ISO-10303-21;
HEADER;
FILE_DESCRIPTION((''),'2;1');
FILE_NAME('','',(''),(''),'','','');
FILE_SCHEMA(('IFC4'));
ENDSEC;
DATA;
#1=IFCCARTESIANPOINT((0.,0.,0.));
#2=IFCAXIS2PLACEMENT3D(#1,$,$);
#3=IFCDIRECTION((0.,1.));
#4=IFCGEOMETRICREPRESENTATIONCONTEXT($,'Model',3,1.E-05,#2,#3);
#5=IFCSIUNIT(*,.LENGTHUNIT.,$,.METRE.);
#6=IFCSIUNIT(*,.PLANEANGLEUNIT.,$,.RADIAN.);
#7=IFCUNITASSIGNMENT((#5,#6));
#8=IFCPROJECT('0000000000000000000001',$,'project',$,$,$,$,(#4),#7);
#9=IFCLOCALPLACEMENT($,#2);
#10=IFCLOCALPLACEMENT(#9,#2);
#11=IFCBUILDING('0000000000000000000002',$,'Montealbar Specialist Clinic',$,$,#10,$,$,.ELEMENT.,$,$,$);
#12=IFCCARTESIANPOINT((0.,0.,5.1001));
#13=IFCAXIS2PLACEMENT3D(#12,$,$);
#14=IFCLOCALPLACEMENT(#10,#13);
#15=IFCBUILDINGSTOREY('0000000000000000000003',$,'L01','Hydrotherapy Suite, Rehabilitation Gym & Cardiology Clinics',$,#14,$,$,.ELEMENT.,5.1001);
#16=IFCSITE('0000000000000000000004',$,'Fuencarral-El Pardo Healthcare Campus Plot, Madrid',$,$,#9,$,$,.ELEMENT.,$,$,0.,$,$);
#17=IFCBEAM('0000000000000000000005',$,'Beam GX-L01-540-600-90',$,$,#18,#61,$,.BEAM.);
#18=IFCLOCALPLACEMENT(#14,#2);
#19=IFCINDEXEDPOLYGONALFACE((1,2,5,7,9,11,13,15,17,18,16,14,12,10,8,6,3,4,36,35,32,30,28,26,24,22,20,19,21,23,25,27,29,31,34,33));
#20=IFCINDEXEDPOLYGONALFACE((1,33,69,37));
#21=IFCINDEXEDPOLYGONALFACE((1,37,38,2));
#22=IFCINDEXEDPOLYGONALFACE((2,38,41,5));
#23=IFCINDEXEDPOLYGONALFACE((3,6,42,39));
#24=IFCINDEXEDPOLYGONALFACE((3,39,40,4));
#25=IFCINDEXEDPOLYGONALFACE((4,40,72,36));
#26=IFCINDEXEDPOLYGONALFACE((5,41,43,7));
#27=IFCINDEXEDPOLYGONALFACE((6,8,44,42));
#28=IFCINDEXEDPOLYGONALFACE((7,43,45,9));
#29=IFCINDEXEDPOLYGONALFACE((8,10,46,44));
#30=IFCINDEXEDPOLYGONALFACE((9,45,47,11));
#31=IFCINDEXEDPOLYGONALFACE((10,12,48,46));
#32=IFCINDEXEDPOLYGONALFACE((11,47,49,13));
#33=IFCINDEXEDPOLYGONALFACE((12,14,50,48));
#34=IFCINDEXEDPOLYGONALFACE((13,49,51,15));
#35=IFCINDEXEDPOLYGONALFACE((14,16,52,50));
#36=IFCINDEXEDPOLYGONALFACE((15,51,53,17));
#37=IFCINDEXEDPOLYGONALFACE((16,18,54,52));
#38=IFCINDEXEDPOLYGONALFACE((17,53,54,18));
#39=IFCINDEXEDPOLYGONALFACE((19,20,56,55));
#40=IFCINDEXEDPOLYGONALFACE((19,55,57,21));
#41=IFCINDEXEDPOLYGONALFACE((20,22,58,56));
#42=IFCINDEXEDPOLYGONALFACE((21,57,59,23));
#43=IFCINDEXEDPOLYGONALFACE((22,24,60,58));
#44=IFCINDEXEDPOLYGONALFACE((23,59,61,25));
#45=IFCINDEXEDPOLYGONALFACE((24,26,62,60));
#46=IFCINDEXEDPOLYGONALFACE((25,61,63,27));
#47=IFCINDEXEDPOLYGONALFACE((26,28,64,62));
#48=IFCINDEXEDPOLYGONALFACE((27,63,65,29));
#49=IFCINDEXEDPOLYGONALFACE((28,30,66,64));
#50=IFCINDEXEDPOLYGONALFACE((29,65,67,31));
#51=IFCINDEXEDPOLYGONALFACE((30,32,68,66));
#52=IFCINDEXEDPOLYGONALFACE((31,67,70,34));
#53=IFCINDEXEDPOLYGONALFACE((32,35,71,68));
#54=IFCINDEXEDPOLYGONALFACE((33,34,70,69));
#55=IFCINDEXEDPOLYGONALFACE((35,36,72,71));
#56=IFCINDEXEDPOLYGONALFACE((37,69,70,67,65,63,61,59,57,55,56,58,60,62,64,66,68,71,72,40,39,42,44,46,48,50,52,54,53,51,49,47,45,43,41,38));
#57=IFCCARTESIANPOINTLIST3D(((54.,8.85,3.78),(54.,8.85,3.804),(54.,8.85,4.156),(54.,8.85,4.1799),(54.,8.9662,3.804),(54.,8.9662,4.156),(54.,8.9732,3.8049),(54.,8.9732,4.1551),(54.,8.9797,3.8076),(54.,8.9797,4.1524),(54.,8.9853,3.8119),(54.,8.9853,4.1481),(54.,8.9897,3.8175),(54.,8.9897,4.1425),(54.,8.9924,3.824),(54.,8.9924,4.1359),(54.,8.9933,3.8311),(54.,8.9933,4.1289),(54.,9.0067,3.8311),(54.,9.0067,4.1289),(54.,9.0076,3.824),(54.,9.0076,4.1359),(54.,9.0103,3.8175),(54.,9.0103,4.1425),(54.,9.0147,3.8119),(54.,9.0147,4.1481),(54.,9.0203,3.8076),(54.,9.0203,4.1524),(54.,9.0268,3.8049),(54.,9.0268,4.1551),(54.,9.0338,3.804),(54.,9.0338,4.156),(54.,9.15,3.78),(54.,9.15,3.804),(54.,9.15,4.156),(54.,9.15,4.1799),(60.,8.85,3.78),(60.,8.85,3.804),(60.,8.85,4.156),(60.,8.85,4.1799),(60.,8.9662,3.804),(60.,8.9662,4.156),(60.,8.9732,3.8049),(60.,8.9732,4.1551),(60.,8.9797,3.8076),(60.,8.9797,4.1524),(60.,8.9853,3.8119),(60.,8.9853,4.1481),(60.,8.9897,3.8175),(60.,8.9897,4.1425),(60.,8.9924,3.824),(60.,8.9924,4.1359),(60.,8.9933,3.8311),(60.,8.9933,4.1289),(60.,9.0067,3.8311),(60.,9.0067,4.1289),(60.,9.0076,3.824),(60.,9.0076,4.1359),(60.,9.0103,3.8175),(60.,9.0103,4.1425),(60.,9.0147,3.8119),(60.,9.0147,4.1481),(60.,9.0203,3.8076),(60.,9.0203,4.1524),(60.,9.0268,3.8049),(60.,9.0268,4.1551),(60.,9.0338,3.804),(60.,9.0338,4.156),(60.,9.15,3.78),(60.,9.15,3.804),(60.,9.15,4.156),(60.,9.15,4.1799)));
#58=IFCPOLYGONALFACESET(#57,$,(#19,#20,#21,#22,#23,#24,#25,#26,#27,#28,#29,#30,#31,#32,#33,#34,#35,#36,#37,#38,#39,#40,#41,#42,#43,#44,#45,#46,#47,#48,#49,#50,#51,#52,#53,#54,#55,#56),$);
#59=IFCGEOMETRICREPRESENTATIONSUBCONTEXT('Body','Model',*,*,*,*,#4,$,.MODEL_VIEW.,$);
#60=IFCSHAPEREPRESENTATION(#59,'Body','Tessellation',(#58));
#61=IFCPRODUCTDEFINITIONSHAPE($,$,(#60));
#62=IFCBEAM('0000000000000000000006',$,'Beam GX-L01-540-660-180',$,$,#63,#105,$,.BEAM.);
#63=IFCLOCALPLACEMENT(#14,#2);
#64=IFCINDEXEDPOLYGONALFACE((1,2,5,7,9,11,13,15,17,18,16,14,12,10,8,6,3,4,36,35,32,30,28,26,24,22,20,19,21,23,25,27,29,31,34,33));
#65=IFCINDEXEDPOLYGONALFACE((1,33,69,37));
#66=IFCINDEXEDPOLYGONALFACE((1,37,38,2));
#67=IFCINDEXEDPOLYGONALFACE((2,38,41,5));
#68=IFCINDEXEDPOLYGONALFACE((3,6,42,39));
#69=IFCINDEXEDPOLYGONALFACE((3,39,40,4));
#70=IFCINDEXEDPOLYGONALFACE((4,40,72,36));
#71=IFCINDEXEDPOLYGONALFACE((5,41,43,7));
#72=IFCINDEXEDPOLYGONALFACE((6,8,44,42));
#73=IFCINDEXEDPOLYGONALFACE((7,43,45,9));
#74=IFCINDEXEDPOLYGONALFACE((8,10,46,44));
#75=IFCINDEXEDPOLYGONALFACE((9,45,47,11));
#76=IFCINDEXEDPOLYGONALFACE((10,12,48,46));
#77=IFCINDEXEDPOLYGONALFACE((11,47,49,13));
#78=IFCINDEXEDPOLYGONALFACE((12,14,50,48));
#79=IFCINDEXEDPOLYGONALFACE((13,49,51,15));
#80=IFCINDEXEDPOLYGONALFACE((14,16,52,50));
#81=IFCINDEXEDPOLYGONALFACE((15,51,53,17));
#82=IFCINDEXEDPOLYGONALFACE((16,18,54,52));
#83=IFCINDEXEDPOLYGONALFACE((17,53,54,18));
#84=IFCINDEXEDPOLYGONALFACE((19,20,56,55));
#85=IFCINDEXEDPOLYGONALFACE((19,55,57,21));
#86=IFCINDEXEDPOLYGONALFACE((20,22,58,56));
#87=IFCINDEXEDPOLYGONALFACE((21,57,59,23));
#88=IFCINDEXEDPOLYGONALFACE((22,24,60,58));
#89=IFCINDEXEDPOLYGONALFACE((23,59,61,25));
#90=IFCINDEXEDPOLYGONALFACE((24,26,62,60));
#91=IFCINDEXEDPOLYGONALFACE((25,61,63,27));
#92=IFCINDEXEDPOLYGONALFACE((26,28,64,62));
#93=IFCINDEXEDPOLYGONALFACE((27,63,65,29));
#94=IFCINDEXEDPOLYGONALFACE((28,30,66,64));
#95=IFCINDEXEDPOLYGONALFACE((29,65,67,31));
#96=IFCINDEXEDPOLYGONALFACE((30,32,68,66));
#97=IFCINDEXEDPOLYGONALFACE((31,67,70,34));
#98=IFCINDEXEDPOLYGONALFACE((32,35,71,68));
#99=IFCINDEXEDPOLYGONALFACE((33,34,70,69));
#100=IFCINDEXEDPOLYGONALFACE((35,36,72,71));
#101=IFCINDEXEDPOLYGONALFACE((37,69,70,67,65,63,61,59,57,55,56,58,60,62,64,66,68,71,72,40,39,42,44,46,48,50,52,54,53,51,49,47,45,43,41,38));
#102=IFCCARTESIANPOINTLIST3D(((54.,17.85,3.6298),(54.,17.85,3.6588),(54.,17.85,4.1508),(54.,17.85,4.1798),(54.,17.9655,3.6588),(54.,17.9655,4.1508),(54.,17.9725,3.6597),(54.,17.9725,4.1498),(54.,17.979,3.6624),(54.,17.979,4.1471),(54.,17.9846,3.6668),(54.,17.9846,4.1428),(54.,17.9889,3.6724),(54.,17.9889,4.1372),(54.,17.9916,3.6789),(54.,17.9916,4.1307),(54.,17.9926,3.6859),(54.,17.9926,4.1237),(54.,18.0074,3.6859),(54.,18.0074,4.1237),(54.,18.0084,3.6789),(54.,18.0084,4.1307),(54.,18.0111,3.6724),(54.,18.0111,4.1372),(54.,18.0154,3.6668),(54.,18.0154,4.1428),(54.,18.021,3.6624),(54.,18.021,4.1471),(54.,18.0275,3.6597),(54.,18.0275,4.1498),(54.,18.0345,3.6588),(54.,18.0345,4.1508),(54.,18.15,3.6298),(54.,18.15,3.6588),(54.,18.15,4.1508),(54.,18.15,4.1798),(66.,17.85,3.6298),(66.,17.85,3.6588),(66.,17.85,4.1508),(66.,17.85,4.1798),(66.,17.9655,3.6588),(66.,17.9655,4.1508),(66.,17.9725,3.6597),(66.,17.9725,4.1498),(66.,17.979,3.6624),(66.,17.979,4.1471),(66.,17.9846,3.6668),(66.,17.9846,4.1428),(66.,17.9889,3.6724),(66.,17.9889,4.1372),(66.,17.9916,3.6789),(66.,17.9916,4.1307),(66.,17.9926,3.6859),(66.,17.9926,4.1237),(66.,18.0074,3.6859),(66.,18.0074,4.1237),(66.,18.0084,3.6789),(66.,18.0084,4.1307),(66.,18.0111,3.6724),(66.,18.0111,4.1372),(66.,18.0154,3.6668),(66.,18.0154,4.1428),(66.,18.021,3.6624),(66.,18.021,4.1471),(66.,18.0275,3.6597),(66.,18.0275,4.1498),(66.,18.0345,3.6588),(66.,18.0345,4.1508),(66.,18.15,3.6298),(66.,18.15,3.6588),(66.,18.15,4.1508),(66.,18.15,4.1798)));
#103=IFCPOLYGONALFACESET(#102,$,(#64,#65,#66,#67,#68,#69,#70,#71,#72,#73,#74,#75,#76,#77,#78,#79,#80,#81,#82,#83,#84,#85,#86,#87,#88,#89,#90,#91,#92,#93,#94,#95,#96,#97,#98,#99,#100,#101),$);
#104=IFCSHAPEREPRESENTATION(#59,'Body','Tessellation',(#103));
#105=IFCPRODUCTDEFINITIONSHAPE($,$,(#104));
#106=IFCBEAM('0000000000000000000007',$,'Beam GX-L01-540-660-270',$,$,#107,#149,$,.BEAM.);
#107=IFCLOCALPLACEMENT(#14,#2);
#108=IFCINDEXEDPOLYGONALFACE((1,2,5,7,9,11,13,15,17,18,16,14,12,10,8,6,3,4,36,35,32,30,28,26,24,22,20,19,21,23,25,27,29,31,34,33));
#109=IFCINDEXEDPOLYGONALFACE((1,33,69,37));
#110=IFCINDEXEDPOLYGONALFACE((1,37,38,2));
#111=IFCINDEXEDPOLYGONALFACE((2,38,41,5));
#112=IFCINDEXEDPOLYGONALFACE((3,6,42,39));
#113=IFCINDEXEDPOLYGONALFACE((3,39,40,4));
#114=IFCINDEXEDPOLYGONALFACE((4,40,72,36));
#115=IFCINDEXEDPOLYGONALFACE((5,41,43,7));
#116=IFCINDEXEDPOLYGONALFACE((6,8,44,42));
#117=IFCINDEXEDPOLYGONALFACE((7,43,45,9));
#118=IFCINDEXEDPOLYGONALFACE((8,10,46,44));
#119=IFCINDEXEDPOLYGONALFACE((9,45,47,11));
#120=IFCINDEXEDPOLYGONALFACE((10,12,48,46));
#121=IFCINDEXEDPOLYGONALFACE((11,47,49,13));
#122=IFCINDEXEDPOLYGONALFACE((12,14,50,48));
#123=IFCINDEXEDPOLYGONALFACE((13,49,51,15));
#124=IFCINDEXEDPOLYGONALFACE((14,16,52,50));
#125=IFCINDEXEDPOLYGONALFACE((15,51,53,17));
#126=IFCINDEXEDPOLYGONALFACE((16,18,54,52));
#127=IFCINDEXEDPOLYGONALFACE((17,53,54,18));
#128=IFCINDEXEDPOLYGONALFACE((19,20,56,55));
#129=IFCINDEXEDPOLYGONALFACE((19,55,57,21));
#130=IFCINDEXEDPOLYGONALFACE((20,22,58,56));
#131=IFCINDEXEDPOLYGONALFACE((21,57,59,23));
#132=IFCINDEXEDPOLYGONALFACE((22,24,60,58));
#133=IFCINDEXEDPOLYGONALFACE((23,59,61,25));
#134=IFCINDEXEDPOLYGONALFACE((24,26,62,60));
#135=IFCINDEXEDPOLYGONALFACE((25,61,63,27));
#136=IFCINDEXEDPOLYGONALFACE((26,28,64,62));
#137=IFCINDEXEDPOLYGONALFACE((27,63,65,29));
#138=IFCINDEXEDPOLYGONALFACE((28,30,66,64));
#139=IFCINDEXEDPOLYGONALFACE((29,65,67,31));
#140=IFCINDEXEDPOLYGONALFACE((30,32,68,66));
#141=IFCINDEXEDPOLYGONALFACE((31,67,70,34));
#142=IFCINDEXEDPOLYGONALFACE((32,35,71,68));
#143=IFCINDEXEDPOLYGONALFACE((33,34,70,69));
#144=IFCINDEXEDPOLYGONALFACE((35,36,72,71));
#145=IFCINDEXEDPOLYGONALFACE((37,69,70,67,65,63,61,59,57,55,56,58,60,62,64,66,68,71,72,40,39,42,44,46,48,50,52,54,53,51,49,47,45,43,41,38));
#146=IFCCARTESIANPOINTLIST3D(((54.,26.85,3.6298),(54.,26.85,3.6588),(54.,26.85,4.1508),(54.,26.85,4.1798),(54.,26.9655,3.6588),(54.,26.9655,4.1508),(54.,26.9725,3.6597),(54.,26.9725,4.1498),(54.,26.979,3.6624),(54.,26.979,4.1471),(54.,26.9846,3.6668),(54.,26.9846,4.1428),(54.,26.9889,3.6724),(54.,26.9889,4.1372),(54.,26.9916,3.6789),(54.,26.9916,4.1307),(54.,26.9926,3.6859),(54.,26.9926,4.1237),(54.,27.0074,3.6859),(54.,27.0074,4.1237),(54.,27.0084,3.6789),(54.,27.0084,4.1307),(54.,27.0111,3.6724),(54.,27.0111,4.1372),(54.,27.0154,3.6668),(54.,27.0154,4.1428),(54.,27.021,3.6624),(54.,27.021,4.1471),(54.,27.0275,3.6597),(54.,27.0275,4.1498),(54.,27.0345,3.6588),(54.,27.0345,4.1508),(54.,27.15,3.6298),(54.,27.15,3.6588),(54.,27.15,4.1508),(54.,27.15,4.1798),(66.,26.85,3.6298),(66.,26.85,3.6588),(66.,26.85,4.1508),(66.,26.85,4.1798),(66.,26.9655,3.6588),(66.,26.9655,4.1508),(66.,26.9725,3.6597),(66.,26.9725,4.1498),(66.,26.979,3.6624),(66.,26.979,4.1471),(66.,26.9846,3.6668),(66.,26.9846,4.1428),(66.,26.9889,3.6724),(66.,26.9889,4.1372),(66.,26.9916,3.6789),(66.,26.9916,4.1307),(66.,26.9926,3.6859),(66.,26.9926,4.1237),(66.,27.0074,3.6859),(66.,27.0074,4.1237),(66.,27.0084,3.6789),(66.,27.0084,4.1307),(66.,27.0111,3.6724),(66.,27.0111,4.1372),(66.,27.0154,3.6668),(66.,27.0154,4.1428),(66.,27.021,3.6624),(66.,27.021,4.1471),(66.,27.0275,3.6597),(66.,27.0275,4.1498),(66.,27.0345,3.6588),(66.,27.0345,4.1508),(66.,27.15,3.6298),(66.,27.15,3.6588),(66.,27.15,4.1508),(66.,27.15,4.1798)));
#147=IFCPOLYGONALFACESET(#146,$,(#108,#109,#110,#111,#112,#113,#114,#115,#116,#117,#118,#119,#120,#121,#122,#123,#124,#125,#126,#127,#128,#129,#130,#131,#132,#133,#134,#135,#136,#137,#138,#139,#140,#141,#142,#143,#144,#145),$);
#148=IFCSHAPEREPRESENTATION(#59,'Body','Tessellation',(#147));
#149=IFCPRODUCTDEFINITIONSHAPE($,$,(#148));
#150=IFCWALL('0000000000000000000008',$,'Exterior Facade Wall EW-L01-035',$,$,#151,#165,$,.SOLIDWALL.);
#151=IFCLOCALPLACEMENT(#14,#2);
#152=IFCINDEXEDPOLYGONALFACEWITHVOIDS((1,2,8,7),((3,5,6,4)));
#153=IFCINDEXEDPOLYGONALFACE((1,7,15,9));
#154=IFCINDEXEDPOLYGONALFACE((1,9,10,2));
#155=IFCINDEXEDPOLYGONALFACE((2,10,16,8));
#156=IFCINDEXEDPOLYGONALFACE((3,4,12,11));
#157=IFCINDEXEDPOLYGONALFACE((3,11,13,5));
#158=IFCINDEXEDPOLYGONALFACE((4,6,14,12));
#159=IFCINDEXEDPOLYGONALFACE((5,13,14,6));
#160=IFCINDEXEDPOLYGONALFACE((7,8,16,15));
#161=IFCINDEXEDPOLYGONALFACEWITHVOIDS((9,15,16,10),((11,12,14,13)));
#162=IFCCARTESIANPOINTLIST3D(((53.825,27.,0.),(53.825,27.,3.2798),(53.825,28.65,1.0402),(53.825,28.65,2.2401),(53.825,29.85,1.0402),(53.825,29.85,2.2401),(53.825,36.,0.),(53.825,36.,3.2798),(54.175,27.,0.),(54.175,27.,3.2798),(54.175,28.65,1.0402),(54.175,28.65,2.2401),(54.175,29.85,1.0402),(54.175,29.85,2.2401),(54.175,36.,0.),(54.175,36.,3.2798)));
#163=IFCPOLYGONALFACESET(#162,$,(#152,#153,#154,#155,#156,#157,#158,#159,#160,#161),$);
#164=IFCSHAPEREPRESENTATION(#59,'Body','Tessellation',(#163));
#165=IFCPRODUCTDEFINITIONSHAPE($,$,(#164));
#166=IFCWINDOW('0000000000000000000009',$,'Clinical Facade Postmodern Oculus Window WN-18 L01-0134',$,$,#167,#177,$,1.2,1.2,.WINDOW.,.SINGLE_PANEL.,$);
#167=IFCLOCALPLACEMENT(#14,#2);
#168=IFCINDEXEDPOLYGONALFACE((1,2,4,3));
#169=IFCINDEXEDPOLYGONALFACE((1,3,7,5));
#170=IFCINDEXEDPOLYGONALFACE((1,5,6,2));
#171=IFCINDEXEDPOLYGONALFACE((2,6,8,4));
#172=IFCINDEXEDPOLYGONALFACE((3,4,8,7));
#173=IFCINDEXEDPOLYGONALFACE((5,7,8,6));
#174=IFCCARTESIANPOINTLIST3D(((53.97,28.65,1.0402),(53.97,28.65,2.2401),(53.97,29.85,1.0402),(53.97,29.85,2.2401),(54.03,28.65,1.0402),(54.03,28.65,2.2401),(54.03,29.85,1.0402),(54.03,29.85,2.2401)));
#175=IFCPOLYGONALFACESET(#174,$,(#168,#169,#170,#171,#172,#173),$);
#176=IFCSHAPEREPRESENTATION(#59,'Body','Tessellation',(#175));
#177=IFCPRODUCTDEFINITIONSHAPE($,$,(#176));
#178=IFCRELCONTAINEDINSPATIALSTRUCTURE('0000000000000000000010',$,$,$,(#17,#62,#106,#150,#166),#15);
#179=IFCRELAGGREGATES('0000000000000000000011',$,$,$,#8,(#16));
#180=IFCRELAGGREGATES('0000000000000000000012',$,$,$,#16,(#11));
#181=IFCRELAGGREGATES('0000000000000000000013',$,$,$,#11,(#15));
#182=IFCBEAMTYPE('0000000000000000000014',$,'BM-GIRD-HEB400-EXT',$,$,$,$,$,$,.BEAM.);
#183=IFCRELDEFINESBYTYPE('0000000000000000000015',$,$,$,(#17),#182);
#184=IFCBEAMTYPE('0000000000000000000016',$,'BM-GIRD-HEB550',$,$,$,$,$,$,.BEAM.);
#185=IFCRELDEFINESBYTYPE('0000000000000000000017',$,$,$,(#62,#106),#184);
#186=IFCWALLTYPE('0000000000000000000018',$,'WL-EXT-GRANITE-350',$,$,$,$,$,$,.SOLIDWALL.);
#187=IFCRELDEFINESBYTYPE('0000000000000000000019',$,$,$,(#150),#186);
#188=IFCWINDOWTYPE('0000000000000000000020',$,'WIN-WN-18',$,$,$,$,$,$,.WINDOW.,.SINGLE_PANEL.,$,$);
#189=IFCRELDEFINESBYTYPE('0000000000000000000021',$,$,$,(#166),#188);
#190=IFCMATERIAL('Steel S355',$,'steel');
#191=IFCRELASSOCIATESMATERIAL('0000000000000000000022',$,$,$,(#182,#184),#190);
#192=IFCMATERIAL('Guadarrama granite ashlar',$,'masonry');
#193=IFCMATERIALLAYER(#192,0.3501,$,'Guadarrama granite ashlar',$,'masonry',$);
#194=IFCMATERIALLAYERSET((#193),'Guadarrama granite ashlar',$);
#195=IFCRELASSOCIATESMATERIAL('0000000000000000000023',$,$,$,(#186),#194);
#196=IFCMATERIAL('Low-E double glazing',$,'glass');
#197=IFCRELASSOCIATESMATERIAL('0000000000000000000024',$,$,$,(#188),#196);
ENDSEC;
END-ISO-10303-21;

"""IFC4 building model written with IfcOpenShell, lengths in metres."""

from ifc_helpers import new_model, si_unit, direction, frame, frame_2d, origin, origin_2d, place, context, subcontext, project, spatial, rectangle, i_section, extrude, material, layer, layer_set, material_profile, profile_set, type_object, element, fill, save


model = new_model("IFC4")

# Units and contexts
model_context = context("Model", 3, precision=1e-05, world=origin(), true_north=direction((0.0, 1.0)))
body_context = subcontext(model_context, "Body", "Model", "MODEL_VIEW")
ifc_project = project(units=[si_unit("LENGTHUNIT", "METRE"), si_unit("PLANEANGLEUNIT", "RADIAN")], contexts=[model_context])

# Site, building, storey
site_placement = place(None, origin())
site = spatial("IfcSite", under=ifc_project, at=site_placement, Name="Fuencarral-El Pardo Healthcare Campus Plot, Madrid", CompositionType="ELEMENT", RefElevation=0.0)
building_placement = place(site_placement, origin())
building = spatial("IfcBuilding", under=site, at=building_placement, Name="Montealbar Specialist Clinic", CompositionType="ELEMENT")
storey_placement = place(building_placement, frame((0.0, 0.0, 5.1001)))
storey = spatial("IfcBuildingStorey", under=building, at=storey_placement, Name="L01", Description="Hydrotherapy Suite, Rehabilitation Gym & Cardiology Clinics", CompositionType="ELEMENT", Elevation=5.1001)

# Shared definitions
ifc_material_1 = material(Name="Steel S355", Category="steel")
ifc_material_2 = material(Name="Guadarrama granite ashlar", Category="masonry")

# Beams
ifc_material_profile_1 = material_profile(ifc_material_1, i_section(OverallWidth=0.3, OverallDepth=0.3999, WebThickness=0.0134, FlangeThickness=0.0239, FilletRadius=0.0271, at=origin_2d()), Name="HEB 400", Category="steel")
ifc_profile_set_1 = profile_set([ifc_material_profile_1], Name="Steel S355")
beam_type_1 = type_object("IfcBeamType", Name="BM-GIRD-HEB400-EXT", PredefinedType="BEAM", material=ifc_profile_set_1)
beam_1_placement = place(storey_placement, frame((54.0, 9.0, 3.98), z_axis=(1.0, 0.0, 0.0), x_axis=(0.0, 1.0, 0.0)))
element("IfcBeam", 1, at=beam_1_placement, inside=storey, type_object=beam_type_1, Name="Beam GX-L01-540-600-90", PredefinedType="BEAM", context=body_context, shape_type="SweptSolid", body=[
    extrude(i_section(OverallWidth=0.3, OverallDepth=0.3999, WebThickness=0.0134, FlangeThickness=0.0239, FilletRadius=0.0271, at=origin_2d()), origin(), (0.0, 0.0, 1.0), 6.0),
])
ifc_material_profile_2 = material_profile(ifc_material_1, i_section(OverallWidth=0.3, OverallDepth=0.55, WebThickness=0.0149, FlangeThickness=0.0291, FilletRadius=0.0271, at=origin_2d()), Name="HEB 550", Category="steel")
ifc_profile_set_2 = profile_set([ifc_material_profile_2], Name="Steel S355")
beam_type_2 = type_object("IfcBeamType", Name="BM-GIRD-HEB550", PredefinedType="BEAM", material=ifc_profile_set_2)
for number, where, z_axis, x_axis, name in (
    (2, (54.0, 18.0, 3.9048), (1.0, 0.0, 0.0), (0.0, 1.0, 0.0), "Beam GX-L01-540-660-180"),
    (3, (54.0, 27.0, 3.9048), (1.0, 0.0, 0.0), (0.0, 1.0, 0.0), "Beam GX-L01-540-660-270"),
):
    element("IfcBeam", number, at=place(storey_placement, frame(where, z_axis=z_axis, x_axis=x_axis)), inside=storey, type_object=beam_type_2, Name=name, PredefinedType="BEAM", context=body_context, shape_type="SweptSolid", body=[
        extrude(i_section(OverallWidth=0.3, OverallDepth=0.55, WebThickness=0.0149, FlangeThickness=0.0291, FilletRadius=0.0271, at=origin_2d()), origin(), (0.0, 0.0, 1.0), 12.0),
    ])

# Wall, opening, window
ifc_layer_1 = layer(ifc_material_2, 0.3501, Name="Guadarrama granite ashlar", Category="masonry")
ifc_layer_set_1 = layer_set([ifc_layer_1], Name="Guadarrama granite ashlar")
wall_type = type_object("IfcWallType", Name="WL-EXT-GRANITE-350", PredefinedType="SOLIDWALL", material=ifc_layer_set_1)
wall_1_placement = place(storey_placement, frame((54.0, 27.0, 0.0), z_axis=(0.0, 0.0, 1.0), x_axis=(0.0, 1.0, 0.0)))
wall_1 = element("IfcWall", 4, at=wall_1_placement, inside=storey, type_object=wall_type, Name="Exterior Facade Wall EW-L01-035", PredefinedType="SOLIDWALL", context=body_context, shape_type="SweptSolid", body=[
    extrude(rectangle(XDim=9.0, YDim=0.3501, at=frame_2d((4.5, 0.0))), origin(), (0.0, 0.0, 1.0), 3.2798),
])
opening_1_placement = place(wall_1_placement, frame((1.6499, 0.0, 1.04)))
opening_1 = element("IfcOpeningElement", 5, at=opening_1_placement, cuts=wall_1, PredefinedType="OPENING", context=body_context, shape_type="SweptSolid", body=[
    extrude(rectangle(XDim=1.2, YDim=1.2, at=frame_2d((0.6001, 0.6001))), frame((0.0, 0.1851, 0.0), z_axis=(0.0, -1.0, 0.0), x_axis=(1.0, 0.0, 0.0)), (0.0, 0.0, 1.0), 0.3701),
])
ifc_material_3 = material(Name="Low-E double glazing", Category="glass")
window_type_1 = type_object("IfcWindowType", Name="WIN-WN-18", PartitioningType="SINGLE_PANEL", PredefinedType="WINDOW", material=ifc_material_3)
window_1_placement = place(opening_1_placement, origin())
window_1 = element("IfcWindow", 6, at=window_1_placement, inside=storey, type_object=window_type_1, Name="Clinical Facade Postmodern Oculus Window WN-18 L01-0134", OverallHeight=1.2, OverallWidth=1.2, PartitioningType="SINGLE_PANEL", PredefinedType="WINDOW", context=body_context, shape_type="SweptSolid", body=[
    extrude(rectangle(XDim=1.2, YDim=1.2, at=frame_2d((0.6001, 0.6001))), frame((0.0, 0.03, 0.0), z_axis=(0.0, -1.0, 0.0), x_axis=(1.0, 0.0, 0.0)), (0.0, 0.0, 1.0), 0.0601),
])
fill(opening_1, window_1)

save(model, "model.ifc")
